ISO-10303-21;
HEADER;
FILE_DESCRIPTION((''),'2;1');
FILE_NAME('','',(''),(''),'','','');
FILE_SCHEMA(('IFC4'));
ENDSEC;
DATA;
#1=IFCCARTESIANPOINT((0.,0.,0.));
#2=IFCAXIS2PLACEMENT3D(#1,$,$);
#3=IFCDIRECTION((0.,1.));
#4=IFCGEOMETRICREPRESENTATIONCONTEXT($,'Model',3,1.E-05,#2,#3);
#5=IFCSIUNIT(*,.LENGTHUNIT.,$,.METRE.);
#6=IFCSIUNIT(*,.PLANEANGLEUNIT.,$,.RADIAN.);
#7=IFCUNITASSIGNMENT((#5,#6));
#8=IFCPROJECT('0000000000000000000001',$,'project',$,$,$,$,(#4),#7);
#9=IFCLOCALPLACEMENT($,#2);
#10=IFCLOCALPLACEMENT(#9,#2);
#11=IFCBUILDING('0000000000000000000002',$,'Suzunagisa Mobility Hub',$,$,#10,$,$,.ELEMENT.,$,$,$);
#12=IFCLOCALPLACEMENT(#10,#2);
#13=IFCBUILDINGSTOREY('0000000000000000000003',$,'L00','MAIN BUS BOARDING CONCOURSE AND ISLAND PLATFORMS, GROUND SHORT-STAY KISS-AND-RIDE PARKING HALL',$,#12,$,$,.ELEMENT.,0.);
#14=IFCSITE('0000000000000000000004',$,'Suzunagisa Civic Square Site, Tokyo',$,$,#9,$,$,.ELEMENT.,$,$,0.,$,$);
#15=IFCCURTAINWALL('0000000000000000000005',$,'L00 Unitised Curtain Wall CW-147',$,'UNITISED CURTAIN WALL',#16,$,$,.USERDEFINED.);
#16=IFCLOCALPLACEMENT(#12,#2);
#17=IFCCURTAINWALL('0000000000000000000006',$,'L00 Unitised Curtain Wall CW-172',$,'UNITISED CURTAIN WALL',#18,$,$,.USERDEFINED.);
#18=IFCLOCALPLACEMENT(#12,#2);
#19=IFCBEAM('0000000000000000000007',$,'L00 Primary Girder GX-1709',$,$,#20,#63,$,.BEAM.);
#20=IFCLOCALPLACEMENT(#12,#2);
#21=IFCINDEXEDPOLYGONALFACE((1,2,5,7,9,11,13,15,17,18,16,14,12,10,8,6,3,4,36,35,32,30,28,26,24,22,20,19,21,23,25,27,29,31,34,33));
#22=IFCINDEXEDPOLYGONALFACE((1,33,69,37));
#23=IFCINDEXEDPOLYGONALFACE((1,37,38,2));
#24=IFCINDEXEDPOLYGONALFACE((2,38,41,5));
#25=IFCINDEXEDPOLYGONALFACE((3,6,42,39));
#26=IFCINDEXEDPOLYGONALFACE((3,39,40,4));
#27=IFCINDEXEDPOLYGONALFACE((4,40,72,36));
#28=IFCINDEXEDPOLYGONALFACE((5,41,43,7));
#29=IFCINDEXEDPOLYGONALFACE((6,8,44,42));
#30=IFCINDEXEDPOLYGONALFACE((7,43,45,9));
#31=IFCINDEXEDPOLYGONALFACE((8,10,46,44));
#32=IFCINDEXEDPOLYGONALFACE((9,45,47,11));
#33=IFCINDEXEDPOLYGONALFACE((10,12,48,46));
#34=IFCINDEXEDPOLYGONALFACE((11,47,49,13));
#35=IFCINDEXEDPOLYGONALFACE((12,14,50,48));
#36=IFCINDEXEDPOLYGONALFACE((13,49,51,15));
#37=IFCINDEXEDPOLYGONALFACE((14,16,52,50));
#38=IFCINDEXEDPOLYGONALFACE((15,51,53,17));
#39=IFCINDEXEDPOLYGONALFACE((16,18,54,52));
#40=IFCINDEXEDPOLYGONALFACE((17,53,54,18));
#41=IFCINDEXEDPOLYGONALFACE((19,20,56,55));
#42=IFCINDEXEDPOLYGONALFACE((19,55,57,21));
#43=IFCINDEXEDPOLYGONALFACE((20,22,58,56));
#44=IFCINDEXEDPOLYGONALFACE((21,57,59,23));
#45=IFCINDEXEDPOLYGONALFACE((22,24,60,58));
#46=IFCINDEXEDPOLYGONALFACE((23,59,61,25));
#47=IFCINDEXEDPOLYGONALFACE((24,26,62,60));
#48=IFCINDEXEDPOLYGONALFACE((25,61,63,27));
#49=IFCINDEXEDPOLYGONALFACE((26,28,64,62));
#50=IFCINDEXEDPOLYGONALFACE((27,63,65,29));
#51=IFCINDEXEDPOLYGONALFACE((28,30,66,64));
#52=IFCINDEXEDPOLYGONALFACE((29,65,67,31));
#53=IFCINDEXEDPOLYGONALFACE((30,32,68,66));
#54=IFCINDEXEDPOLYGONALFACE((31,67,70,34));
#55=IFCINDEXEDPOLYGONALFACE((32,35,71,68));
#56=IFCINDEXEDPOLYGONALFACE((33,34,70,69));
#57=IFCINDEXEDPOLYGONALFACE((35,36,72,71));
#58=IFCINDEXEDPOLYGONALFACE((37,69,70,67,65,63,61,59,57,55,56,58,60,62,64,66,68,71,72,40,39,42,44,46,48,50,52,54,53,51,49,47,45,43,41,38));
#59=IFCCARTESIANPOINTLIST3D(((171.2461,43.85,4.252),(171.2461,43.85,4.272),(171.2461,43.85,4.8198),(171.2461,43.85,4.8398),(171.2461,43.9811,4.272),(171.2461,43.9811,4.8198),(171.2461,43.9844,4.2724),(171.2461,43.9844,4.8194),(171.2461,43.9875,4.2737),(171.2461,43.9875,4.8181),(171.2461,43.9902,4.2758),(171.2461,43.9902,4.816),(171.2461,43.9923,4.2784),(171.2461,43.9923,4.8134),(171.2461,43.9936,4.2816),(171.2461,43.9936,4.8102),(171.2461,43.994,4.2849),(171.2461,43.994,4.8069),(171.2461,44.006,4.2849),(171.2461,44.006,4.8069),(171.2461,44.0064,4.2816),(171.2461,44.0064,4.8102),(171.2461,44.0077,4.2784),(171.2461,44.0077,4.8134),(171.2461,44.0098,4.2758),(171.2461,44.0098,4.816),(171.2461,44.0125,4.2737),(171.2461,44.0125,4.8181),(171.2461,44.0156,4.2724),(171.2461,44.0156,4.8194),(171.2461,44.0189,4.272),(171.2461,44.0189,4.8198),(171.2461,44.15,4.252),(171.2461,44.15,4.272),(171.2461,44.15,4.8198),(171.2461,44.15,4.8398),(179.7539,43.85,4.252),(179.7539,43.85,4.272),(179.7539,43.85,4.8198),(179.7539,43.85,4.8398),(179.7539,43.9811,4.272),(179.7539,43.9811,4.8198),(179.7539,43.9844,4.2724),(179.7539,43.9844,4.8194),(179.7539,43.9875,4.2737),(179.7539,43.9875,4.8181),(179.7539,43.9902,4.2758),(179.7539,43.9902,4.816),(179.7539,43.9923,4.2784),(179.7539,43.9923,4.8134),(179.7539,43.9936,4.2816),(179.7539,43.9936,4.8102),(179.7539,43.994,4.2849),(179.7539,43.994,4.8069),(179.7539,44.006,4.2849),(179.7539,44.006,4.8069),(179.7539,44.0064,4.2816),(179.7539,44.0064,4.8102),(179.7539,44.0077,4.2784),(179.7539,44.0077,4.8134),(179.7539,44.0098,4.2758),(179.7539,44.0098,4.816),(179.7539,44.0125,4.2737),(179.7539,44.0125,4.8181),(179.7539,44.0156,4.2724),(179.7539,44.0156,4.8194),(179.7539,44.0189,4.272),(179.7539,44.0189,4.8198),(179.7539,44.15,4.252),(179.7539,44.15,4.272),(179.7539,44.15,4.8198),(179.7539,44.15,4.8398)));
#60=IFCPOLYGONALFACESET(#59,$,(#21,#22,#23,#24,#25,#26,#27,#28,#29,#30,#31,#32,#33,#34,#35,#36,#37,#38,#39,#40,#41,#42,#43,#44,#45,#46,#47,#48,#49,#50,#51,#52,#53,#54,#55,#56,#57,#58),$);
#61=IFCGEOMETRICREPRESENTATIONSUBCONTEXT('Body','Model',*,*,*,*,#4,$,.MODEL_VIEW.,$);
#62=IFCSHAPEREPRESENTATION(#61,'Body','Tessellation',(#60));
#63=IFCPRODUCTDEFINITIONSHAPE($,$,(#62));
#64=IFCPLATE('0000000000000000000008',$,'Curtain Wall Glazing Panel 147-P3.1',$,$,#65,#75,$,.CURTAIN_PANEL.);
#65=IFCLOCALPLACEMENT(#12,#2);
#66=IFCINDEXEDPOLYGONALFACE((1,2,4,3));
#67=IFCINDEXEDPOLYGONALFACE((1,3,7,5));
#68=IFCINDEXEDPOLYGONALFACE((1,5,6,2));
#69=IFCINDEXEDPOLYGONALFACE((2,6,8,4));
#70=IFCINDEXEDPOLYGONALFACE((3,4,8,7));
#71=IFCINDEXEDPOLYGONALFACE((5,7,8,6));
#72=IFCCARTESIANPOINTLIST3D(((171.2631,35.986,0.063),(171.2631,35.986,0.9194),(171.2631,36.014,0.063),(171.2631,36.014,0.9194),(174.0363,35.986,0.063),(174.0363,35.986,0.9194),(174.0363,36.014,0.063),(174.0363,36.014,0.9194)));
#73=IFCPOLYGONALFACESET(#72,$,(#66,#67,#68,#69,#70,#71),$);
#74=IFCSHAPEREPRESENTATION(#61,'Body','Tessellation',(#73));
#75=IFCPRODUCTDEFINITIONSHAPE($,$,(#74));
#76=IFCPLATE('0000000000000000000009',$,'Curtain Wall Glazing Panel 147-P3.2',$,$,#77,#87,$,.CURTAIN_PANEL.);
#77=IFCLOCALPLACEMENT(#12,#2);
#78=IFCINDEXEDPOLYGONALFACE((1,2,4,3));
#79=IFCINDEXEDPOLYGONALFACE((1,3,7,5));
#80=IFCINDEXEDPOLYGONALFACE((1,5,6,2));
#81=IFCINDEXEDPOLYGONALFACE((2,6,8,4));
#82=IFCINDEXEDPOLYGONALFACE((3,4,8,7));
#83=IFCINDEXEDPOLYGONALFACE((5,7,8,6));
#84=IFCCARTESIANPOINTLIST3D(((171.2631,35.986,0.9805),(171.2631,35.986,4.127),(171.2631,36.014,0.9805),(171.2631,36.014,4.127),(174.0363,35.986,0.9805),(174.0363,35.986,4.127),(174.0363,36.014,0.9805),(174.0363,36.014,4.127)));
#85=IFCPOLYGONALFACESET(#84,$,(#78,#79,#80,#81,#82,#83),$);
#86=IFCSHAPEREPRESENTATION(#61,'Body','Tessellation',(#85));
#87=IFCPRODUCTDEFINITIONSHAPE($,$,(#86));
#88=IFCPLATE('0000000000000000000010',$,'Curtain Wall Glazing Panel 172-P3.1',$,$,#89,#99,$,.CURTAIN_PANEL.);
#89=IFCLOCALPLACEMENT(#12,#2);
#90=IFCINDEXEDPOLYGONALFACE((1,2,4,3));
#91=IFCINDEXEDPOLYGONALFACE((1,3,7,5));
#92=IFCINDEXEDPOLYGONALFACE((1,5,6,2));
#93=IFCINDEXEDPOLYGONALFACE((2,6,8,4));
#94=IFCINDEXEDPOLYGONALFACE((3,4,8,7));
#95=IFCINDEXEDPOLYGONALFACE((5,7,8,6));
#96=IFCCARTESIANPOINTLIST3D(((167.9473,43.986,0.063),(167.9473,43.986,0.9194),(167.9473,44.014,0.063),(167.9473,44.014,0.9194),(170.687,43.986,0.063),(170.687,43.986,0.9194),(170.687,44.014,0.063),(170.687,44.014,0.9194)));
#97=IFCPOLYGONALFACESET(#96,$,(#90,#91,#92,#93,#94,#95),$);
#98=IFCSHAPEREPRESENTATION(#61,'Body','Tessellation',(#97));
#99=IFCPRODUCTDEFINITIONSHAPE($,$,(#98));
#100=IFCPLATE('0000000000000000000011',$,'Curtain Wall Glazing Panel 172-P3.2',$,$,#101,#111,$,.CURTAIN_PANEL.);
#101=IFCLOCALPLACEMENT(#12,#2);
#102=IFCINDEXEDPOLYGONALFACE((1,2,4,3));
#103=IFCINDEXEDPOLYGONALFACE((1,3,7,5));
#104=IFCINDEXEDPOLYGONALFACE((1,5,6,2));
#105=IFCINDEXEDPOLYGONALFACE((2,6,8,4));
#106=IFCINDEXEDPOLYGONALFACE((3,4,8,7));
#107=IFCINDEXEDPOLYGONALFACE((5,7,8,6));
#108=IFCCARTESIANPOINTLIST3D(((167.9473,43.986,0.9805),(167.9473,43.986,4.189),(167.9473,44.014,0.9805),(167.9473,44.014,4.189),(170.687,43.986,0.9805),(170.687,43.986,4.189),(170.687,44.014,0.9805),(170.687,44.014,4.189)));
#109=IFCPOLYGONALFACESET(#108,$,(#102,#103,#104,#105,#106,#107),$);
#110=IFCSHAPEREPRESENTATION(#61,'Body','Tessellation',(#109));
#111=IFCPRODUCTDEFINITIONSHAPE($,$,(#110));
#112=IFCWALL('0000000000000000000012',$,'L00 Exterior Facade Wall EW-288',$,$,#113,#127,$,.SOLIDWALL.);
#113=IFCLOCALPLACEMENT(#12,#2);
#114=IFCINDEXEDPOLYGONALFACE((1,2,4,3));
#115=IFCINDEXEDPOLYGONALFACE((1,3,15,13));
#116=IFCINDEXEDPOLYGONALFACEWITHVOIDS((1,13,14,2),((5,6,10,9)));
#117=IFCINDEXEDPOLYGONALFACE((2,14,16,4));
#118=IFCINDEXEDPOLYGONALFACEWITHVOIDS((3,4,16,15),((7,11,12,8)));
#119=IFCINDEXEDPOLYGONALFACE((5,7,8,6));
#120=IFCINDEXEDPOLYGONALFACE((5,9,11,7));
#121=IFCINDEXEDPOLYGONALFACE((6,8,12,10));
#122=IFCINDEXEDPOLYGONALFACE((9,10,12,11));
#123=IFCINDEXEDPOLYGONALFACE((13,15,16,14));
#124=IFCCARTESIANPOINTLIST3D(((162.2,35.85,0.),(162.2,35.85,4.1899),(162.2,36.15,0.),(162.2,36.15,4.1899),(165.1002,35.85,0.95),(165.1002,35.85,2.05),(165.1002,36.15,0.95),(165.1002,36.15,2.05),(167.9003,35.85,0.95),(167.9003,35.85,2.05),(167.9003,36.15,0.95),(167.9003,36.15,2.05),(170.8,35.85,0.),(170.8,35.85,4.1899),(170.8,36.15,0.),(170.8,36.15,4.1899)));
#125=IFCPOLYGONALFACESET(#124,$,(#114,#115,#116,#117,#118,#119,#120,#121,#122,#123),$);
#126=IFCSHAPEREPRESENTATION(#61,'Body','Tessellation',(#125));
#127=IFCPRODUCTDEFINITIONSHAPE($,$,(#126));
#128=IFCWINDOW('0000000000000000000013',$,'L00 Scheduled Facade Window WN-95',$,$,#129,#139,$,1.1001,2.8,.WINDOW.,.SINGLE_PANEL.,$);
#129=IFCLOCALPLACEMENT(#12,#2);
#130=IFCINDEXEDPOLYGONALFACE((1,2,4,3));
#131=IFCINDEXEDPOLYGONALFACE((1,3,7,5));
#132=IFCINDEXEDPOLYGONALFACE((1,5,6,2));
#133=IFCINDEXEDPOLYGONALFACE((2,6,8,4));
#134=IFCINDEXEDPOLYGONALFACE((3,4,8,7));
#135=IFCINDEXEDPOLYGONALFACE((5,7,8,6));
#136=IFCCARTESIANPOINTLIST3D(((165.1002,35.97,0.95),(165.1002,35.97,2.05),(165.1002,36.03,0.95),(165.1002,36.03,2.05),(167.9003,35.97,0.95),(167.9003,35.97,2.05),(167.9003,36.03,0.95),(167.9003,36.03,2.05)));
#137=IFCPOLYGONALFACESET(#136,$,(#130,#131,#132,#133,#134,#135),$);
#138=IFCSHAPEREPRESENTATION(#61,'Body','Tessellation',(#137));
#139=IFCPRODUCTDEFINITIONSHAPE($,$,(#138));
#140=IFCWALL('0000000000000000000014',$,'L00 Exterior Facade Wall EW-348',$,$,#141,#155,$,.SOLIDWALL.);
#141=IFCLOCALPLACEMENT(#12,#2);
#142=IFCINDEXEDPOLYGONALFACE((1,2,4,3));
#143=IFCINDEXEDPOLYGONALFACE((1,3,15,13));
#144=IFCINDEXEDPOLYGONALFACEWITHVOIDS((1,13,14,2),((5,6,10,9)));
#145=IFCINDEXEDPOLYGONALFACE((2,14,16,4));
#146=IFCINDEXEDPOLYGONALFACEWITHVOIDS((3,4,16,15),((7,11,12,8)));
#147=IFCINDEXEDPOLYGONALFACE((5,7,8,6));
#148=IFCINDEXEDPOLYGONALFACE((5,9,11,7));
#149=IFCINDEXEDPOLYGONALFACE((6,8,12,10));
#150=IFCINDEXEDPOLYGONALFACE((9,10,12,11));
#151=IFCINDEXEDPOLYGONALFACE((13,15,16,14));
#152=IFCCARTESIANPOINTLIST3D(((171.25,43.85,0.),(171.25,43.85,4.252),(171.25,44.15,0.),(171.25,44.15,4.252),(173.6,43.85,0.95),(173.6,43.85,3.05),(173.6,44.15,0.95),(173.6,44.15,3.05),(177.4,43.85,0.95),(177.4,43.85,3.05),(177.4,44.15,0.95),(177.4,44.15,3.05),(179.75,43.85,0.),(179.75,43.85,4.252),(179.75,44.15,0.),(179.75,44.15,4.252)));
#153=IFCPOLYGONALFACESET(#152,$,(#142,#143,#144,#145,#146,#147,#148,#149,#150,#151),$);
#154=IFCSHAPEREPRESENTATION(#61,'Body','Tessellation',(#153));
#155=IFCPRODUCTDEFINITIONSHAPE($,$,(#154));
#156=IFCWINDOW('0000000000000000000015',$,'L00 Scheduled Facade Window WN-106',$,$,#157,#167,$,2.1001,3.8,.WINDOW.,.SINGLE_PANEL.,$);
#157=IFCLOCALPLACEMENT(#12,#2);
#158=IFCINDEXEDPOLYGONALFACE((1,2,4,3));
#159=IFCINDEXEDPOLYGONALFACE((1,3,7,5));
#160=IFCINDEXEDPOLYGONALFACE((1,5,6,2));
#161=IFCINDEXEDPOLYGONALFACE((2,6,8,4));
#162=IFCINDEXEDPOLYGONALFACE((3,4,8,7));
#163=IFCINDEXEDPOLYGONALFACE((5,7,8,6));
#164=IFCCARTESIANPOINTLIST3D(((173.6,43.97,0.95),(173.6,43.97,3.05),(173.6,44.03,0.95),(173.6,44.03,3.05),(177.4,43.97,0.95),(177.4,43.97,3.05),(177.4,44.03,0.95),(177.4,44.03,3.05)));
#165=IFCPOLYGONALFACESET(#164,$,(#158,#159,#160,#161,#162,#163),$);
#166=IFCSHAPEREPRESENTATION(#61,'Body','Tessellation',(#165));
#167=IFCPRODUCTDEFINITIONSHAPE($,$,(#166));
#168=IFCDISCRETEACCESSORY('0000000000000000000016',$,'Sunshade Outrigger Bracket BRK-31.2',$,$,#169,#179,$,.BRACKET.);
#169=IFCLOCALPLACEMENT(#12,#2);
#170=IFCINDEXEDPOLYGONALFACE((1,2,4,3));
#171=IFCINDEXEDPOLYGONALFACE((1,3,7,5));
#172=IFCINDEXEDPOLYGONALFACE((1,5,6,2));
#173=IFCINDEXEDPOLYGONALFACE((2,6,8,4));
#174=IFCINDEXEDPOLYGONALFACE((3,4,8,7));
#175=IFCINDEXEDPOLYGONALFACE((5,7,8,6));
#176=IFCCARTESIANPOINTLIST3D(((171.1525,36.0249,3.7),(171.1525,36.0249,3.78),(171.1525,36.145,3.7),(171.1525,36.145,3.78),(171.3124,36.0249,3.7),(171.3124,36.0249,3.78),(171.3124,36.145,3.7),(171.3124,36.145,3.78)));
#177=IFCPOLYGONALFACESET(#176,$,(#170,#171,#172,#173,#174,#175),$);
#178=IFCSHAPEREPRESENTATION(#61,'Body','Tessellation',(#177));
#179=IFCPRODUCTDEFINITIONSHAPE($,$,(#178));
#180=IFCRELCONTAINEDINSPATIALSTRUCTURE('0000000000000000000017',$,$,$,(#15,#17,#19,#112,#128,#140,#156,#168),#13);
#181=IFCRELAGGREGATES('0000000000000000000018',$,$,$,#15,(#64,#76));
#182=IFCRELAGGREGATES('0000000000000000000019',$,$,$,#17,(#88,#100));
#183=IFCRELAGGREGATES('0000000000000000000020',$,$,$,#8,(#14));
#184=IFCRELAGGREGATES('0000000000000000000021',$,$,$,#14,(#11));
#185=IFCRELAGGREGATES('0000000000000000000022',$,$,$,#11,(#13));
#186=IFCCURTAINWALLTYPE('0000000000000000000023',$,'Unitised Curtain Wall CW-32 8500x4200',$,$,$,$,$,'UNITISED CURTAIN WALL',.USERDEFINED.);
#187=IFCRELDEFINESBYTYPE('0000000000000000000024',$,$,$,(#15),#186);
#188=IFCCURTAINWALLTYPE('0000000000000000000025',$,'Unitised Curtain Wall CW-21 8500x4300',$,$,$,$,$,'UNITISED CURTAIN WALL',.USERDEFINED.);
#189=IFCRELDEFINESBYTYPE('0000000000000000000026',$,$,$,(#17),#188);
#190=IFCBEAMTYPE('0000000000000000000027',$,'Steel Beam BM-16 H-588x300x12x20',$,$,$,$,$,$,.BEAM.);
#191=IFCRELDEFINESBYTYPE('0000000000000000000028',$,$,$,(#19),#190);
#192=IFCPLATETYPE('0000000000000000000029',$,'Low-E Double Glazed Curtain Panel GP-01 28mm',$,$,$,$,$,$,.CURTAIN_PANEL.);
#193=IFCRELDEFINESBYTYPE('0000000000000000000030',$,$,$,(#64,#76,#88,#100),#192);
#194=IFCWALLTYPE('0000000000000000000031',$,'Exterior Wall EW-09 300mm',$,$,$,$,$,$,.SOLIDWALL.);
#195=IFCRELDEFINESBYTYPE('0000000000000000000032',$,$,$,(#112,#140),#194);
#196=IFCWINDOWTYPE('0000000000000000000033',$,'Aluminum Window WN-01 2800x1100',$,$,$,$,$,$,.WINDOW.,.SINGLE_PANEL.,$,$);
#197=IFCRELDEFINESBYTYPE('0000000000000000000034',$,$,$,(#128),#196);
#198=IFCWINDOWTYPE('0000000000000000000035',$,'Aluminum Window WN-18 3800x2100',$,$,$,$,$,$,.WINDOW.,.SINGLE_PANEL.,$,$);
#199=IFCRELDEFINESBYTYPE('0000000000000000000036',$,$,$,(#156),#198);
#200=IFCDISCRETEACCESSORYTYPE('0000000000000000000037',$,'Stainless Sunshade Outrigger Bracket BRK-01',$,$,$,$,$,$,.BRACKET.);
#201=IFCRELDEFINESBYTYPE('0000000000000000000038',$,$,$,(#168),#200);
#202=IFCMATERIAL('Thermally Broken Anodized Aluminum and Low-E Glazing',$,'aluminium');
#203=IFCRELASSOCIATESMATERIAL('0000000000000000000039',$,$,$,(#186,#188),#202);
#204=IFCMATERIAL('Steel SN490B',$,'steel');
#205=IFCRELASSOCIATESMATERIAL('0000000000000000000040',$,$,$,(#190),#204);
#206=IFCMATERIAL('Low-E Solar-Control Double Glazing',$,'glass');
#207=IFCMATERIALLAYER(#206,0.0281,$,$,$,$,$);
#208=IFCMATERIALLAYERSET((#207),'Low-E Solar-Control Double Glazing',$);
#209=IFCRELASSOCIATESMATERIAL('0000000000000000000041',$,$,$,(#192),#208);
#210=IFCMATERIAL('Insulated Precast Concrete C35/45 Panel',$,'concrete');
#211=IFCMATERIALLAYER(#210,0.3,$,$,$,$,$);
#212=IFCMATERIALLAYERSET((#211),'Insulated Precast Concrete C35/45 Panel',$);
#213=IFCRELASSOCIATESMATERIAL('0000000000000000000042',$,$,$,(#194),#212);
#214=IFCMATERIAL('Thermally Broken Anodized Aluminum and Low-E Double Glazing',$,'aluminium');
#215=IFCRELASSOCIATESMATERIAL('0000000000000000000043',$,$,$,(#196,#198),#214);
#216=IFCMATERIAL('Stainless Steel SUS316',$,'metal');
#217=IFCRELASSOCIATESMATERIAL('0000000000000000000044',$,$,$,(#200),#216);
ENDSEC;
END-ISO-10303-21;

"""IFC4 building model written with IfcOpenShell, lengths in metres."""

from ifc_helpers import new_model, si_unit, direction, frame, frame_2d, origin, origin_2d, place, context, subcontext, project, spatial, rectangle, i_section, extrude, material, layer, layer_set, material_profile, profile_set, type_object, element, fill, aggregate, save


model = new_model("IFC4")

# Units and contexts
model_context = context("Model", 3, precision=1e-05, world=origin(), true_north=direction((0.0, 1.0)))
body_context = subcontext(model_context, "Body", "Model", "MODEL_VIEW")
ifc_project = project(units=[si_unit("LENGTHUNIT", "METRE"), si_unit("PLANEANGLEUNIT", "RADIAN")], contexts=[model_context])

# Site, building, storey
site_placement = place(None, origin())
site = spatial("IfcSite", under=ifc_project, at=site_placement, Name="Suzunagisa Civic Square Site, Tokyo", CompositionType="ELEMENT", RefElevation=0.0)
building_placement = place(site_placement, origin())
building = spatial("IfcBuilding", under=site, at=building_placement, Name="Suzunagisa Mobility Hub", CompositionType="ELEMENT")
storey_placement = place(building_placement, origin())
storey = spatial("IfcBuildingStorey", under=building, at=storey_placement, Name="L00", Description="MAIN BUS BOARDING CONCOURSE AND ISLAND PLATFORMS, GROUND SHORT-STAY KISS-AND-RIDE PARKING HALL", CompositionType="ELEMENT", Elevation=0.0)

# Shared definitions
ifc_material_1 = material(Name="Steel SN490B", Category="steel")

# Curtain wall
ifc_material_2 = material(Name="Thermally Broken Anodized Aluminum and Low-E Glazing", Category="aluminium")
curtain_wall_type_1 = type_object("IfcCurtainWallType", Name="Unitised Curtain Wall CW-32 8500x4200", ElementType="UNITISED CURTAIN WALL", PredefinedType="USERDEFINED", material=ifc_material_2)
curtain_wall_1_placement = place(storey_placement, origin())
curtain_wall_1 = element("IfcCurtainWall", 1, at=curtain_wall_1_placement, inside=storey, type_object=curtain_wall_type_1, Name="L00 Unitised Curtain Wall CW-147", ObjectType="UNITISED CURTAIN WALL", PredefinedType="USERDEFINED")

# Curtain wall
curtain_wall_type_2 = type_object("IfcCurtainWallType", Name="Unitised Curtain Wall CW-21 8500x4300", ElementType="UNITISED CURTAIN WALL", PredefinedType="USERDEFINED", material=ifc_material_2)
curtain_wall_2_placement = place(storey_placement, origin())
curtain_wall_2 = element("IfcCurtainWall", 2, at=curtain_wall_2_placement, inside=storey, type_object=curtain_wall_type_2, Name="L00 Unitised Curtain Wall CW-172", ObjectType="UNITISED CURTAIN WALL", PredefinedType="USERDEFINED")

# Beam
ifc_material_profile_1 = material_profile(ifc_material_1, i_section(OverallWidth=0.3, OverallDepth=0.5879, WebThickness=0.012, FlangeThickness=0.02, FilletRadius=0.0129, at=origin_2d()), Name="H-588x300x12x20")
ifc_profile_set_1 = profile_set([ifc_material_profile_1], Name="Steel SN490B")
beam_type_1 = type_object("IfcBeamType", Name="Steel Beam BM-16 H-588x300x12x20", PredefinedType="BEAM", material=ifc_profile_set_1)
beam_1_placement = place(storey_placement, frame((171.2461, 44.0, 4.5459), z_axis=(1.0, 0.0, 0.0), x_axis=(0.0, 1.0, 0.0)))
element("IfcBeam", 3, at=beam_1_placement, inside=storey, type_object=beam_type_1, Name="L00 Primary Girder GX-1709", PredefinedType="BEAM", context=body_context, shape_type="SweptSolid", body=[
    extrude(i_section(OverallWidth=0.3, OverallDepth=0.5879, WebThickness=0.012, FlangeThickness=0.02, FilletRadius=0.0129, at=origin_2d()), origin(), (0.0, 0.0, 1.0), 8.5078),
])

# Plates
ifc_material_3 = material(Name="Low-E Solar-Control Double Glazing", Category="glass")
ifc_layer_1 = layer(ifc_material_3, 0.0281)
ifc_layer_set_1 = layer_set([ifc_layer_1], Name="Low-E Solar-Control Double Glazing")
plate_type = type_object("IfcPlateType", Name="Low-E Double Glazed Curtain Panel GP-01 28mm", PredefinedType="CURTAIN_PANEL", material=ifc_layer_set_1)
plate_1_placement = place(storey_placement, frame((172.6497, 36.0, 0.063), z_axis=(0.0, 0.0, 1.0), x_axis=(-1.0, 0.0, 0.0)))
plate_1 = element("IfcPlate", 4, at=plate_1_placement, type_object=plate_type, Name="Curtain Wall Glazing Panel 147-P3.1", PredefinedType="CURTAIN_PANEL", context=body_context, shape_type="SweptSolid", body=[
    extrude(rectangle(XDim=2.7732, YDim=0.0281, at=origin_2d()), origin(), (0.0, 0.0, 1.0), 0.8564),
])
plate_2_placement = place(storey_placement, frame((172.6497, 36.0, 0.9805), z_axis=(0.0, 0.0, 1.0), x_axis=(-1.0, 0.0, 0.0)))
plate_2 = element("IfcPlate", 5, at=plate_2_placement, type_object=plate_type, Name="Curtain Wall Glazing Panel 147-P3.2", PredefinedType="CURTAIN_PANEL", context=body_context, shape_type="SweptSolid", body=[
    extrude(rectangle(XDim=2.7732, YDim=0.0281, at=origin_2d()), origin(), (0.0, 0.0, 1.0), 3.1465),
])
aggregate(curtain_wall_1, [plate_1, plate_2])
plate_3_placement = place(storey_placement, frame((169.3171, 44.0, 0.063), z_axis=(0.0, 0.0, 1.0), x_axis=(1.0, 0.0, 0.0)))
plate_3 = element("IfcPlate", 6, at=plate_3_placement, type_object=plate_type, Name="Curtain Wall Glazing Panel 172-P3.1", PredefinedType="CURTAIN_PANEL", context=body_context, shape_type="SweptSolid", body=[
    extrude(rectangle(XDim=2.7397, YDim=0.0281, at=origin_2d()), origin(), (0.0, 0.0, 1.0), 0.8564),
])
plate_4_placement = place(storey_placement, frame((169.3171, 44.0, 0.9805), z_axis=(0.0, 0.0, 1.0), x_axis=(1.0, 0.0, 0.0)))
plate_4 = element("IfcPlate", 7, at=plate_4_placement, type_object=plate_type, Name="Curtain Wall Glazing Panel 172-P3.2", PredefinedType="CURTAIN_PANEL", context=body_context, shape_type="SweptSolid", body=[
    extrude(rectangle(XDim=2.7397, YDim=0.0281, at=origin_2d()), origin(), (0.0, 0.0, 1.0), 3.2085),
])
aggregate(curtain_wall_2, [plate_3, plate_4])

# Walls, openings, windows
ifc_material_4 = material(Name="Insulated Precast Concrete C35/45 Panel", Category="concrete")
ifc_layer_2 = layer(ifc_material_4, 0.3)
ifc_layer_set_2 = layer_set([ifc_layer_2], Name="Insulated Precast Concrete C35/45 Panel")
wall_type = type_object("IfcWallType", Name="Exterior Wall EW-09 300mm", PredefinedType="SOLIDWALL", material=ifc_layer_set_2)
wall_1_placement = place(storey_placement, frame((170.8, 36.0, 0.0), z_axis=(0.0, 0.0, 1.0), x_axis=(-1.0, 0.0, 0.0)))
wall_1 = element("IfcWall", 8, at=wall_1_placement, inside=storey, type_object=wall_type, Name="L00 Exterior Facade Wall EW-288", PredefinedType="SOLIDWALL", context=body_context, shape_type="SweptSolid", body=[
    extrude(rectangle(XDim=8.6001, YDim=0.3, at=frame_2d((4.3, 0.0))), origin(), (0.0, 0.0, 1.0), 4.1899),
])
opening_1_placement = place(wall_1_placement, frame((2.8999, 0.0, 0.95)))
opening_1 = element("IfcOpeningElement", 9, at=opening_1_placement, cuts=wall_1, PredefinedType="OPENING", context=body_context, shape_type="SweptSolid", body=[
    extrude(rectangle(XDim=2.8, YDim=1.1001, at=frame_2d((1.3999, 0.55))), frame((0.0, 0.1611, 0.0), z_axis=(0.0, -1.0, 0.0), x_axis=(1.0, 0.0, 0.0)), (0.0, 0.0, 1.0), 0.322),
])
ifc_material_5 = material(Name="Thermally Broken Anodized Aluminum and Low-E Double Glazing", Category="aluminium")
window_type_1 = type_object("IfcWindowType", Name="Aluminum Window WN-01 2800x1100", PartitioningType="SINGLE_PANEL", PredefinedType="WINDOW", material=ifc_material_5)
window_1_placement = place(opening_1_placement, origin())
window_1 = element("IfcWindow", 10, at=window_1_placement, inside=storey, type_object=window_type_1, Name="L00 Scheduled Facade Window WN-95", OverallHeight=1.1001, OverallWidth=2.8, PartitioningType="SINGLE_PANEL", PredefinedType="WINDOW", context=body_context, shape_type="SweptSolid", body=[
    extrude(rectangle(XDim=2.8, YDim=1.1001, at=frame_2d((1.3999, 0.55))), frame((0.0, 0.03, 0.0), z_axis=(0.0, -1.0, 0.0), x_axis=(1.0, 0.0, 0.0)), (0.0, 0.0, 1.0), 0.0601),
])
fill(opening_1, window_1)
wall_2_placement = place(storey_placement, frame((171.25, 44.0, 0.0), z_axis=(0.0, 0.0, 1.0), x_axis=(1.0, 0.0, 0.0)))
wall_2 = element("IfcWall", 11, at=wall_2_placement, inside=storey, type_object=wall_type, Name="L00 Exterior Facade Wall EW-348", PredefinedType="SOLIDWALL", context=body_context, shape_type="SweptSolid", body=[
    extrude(rectangle(XDim=8.5, YDim=0.3, at=frame_2d((4.25, 0.0))), origin(), (0.0, 0.0, 1.0), 4.252),
])
opening_2_placement = place(wall_2_placement, frame((2.3501, 0.0, 0.95)))
opening_2 = element("IfcOpeningElement", 12, at=opening_2_placement, cuts=wall_2, PredefinedType="OPENING", context=body_context, shape_type="SweptSolid", body=[
    extrude(rectangle(XDim=3.8, YDim=2.1001, at=frame_2d((1.8999, 1.05))), frame((0.0, 0.1611, 0.0), z_axis=(0.0, -1.0, 0.0), x_axis=(1.0, 0.0, 0.0)), (0.0, 0.0, 1.0), 0.322),
])
window_type_2 = type_object("IfcWindowType", Name="Aluminum Window WN-18 3800x2100", PartitioningType="SINGLE_PANEL", PredefinedType="WINDOW", material=ifc_material_5)
window_2_placement = place(opening_2_placement, origin())
window_2 = element("IfcWindow", 13, at=window_2_placement, inside=storey, type_object=window_type_2, Name="L00 Scheduled Facade Window WN-106", OverallHeight=2.1001, OverallWidth=3.8, PartitioningType="SINGLE_PANEL", PredefinedType="WINDOW", context=body_context, shape_type="SweptSolid", body=[
    extrude(rectangle(XDim=3.8, YDim=2.1001, at=frame_2d((1.8999, 1.05))), frame((0.0, 0.03, 0.0), z_axis=(0.0, -1.0, 0.0), x_axis=(1.0, 0.0, 0.0)), (0.0, 0.0, 1.0), 0.0601),
])
fill(opening_2, window_2)

# Discrete accessory
ifc_material_6 = material(Name="Stainless Steel SUS316", Category="metal")
discrete_accessory_type = type_object("IfcDiscreteAccessoryType", Name="Stainless Sunshade Outrigger Bracket BRK-01", PredefinedType="BRACKET", material=ifc_material_6)
discrete_accessory_placement = place(storey_placement, frame((171.2324, 36.085, 3.7), z_axis=(0.0, 0.0, 1.0), x_axis=(-1.0, 0.0, 0.0)))
element("IfcDiscreteAccessory", 14, at=discrete_accessory_placement, inside=storey, type_object=discrete_accessory_type, Name="Sunshade Outrigger Bracket BRK-31.2", PredefinedType="BRACKET", context=body_context, shape_type="SweptSolid", body=[
    extrude(rectangle(XDim=0.1599, YDim=0.1201, at=origin_2d()), origin(), (0.0, 0.0, 1.0), 0.0801),
])

save(model, "model.ifc")
